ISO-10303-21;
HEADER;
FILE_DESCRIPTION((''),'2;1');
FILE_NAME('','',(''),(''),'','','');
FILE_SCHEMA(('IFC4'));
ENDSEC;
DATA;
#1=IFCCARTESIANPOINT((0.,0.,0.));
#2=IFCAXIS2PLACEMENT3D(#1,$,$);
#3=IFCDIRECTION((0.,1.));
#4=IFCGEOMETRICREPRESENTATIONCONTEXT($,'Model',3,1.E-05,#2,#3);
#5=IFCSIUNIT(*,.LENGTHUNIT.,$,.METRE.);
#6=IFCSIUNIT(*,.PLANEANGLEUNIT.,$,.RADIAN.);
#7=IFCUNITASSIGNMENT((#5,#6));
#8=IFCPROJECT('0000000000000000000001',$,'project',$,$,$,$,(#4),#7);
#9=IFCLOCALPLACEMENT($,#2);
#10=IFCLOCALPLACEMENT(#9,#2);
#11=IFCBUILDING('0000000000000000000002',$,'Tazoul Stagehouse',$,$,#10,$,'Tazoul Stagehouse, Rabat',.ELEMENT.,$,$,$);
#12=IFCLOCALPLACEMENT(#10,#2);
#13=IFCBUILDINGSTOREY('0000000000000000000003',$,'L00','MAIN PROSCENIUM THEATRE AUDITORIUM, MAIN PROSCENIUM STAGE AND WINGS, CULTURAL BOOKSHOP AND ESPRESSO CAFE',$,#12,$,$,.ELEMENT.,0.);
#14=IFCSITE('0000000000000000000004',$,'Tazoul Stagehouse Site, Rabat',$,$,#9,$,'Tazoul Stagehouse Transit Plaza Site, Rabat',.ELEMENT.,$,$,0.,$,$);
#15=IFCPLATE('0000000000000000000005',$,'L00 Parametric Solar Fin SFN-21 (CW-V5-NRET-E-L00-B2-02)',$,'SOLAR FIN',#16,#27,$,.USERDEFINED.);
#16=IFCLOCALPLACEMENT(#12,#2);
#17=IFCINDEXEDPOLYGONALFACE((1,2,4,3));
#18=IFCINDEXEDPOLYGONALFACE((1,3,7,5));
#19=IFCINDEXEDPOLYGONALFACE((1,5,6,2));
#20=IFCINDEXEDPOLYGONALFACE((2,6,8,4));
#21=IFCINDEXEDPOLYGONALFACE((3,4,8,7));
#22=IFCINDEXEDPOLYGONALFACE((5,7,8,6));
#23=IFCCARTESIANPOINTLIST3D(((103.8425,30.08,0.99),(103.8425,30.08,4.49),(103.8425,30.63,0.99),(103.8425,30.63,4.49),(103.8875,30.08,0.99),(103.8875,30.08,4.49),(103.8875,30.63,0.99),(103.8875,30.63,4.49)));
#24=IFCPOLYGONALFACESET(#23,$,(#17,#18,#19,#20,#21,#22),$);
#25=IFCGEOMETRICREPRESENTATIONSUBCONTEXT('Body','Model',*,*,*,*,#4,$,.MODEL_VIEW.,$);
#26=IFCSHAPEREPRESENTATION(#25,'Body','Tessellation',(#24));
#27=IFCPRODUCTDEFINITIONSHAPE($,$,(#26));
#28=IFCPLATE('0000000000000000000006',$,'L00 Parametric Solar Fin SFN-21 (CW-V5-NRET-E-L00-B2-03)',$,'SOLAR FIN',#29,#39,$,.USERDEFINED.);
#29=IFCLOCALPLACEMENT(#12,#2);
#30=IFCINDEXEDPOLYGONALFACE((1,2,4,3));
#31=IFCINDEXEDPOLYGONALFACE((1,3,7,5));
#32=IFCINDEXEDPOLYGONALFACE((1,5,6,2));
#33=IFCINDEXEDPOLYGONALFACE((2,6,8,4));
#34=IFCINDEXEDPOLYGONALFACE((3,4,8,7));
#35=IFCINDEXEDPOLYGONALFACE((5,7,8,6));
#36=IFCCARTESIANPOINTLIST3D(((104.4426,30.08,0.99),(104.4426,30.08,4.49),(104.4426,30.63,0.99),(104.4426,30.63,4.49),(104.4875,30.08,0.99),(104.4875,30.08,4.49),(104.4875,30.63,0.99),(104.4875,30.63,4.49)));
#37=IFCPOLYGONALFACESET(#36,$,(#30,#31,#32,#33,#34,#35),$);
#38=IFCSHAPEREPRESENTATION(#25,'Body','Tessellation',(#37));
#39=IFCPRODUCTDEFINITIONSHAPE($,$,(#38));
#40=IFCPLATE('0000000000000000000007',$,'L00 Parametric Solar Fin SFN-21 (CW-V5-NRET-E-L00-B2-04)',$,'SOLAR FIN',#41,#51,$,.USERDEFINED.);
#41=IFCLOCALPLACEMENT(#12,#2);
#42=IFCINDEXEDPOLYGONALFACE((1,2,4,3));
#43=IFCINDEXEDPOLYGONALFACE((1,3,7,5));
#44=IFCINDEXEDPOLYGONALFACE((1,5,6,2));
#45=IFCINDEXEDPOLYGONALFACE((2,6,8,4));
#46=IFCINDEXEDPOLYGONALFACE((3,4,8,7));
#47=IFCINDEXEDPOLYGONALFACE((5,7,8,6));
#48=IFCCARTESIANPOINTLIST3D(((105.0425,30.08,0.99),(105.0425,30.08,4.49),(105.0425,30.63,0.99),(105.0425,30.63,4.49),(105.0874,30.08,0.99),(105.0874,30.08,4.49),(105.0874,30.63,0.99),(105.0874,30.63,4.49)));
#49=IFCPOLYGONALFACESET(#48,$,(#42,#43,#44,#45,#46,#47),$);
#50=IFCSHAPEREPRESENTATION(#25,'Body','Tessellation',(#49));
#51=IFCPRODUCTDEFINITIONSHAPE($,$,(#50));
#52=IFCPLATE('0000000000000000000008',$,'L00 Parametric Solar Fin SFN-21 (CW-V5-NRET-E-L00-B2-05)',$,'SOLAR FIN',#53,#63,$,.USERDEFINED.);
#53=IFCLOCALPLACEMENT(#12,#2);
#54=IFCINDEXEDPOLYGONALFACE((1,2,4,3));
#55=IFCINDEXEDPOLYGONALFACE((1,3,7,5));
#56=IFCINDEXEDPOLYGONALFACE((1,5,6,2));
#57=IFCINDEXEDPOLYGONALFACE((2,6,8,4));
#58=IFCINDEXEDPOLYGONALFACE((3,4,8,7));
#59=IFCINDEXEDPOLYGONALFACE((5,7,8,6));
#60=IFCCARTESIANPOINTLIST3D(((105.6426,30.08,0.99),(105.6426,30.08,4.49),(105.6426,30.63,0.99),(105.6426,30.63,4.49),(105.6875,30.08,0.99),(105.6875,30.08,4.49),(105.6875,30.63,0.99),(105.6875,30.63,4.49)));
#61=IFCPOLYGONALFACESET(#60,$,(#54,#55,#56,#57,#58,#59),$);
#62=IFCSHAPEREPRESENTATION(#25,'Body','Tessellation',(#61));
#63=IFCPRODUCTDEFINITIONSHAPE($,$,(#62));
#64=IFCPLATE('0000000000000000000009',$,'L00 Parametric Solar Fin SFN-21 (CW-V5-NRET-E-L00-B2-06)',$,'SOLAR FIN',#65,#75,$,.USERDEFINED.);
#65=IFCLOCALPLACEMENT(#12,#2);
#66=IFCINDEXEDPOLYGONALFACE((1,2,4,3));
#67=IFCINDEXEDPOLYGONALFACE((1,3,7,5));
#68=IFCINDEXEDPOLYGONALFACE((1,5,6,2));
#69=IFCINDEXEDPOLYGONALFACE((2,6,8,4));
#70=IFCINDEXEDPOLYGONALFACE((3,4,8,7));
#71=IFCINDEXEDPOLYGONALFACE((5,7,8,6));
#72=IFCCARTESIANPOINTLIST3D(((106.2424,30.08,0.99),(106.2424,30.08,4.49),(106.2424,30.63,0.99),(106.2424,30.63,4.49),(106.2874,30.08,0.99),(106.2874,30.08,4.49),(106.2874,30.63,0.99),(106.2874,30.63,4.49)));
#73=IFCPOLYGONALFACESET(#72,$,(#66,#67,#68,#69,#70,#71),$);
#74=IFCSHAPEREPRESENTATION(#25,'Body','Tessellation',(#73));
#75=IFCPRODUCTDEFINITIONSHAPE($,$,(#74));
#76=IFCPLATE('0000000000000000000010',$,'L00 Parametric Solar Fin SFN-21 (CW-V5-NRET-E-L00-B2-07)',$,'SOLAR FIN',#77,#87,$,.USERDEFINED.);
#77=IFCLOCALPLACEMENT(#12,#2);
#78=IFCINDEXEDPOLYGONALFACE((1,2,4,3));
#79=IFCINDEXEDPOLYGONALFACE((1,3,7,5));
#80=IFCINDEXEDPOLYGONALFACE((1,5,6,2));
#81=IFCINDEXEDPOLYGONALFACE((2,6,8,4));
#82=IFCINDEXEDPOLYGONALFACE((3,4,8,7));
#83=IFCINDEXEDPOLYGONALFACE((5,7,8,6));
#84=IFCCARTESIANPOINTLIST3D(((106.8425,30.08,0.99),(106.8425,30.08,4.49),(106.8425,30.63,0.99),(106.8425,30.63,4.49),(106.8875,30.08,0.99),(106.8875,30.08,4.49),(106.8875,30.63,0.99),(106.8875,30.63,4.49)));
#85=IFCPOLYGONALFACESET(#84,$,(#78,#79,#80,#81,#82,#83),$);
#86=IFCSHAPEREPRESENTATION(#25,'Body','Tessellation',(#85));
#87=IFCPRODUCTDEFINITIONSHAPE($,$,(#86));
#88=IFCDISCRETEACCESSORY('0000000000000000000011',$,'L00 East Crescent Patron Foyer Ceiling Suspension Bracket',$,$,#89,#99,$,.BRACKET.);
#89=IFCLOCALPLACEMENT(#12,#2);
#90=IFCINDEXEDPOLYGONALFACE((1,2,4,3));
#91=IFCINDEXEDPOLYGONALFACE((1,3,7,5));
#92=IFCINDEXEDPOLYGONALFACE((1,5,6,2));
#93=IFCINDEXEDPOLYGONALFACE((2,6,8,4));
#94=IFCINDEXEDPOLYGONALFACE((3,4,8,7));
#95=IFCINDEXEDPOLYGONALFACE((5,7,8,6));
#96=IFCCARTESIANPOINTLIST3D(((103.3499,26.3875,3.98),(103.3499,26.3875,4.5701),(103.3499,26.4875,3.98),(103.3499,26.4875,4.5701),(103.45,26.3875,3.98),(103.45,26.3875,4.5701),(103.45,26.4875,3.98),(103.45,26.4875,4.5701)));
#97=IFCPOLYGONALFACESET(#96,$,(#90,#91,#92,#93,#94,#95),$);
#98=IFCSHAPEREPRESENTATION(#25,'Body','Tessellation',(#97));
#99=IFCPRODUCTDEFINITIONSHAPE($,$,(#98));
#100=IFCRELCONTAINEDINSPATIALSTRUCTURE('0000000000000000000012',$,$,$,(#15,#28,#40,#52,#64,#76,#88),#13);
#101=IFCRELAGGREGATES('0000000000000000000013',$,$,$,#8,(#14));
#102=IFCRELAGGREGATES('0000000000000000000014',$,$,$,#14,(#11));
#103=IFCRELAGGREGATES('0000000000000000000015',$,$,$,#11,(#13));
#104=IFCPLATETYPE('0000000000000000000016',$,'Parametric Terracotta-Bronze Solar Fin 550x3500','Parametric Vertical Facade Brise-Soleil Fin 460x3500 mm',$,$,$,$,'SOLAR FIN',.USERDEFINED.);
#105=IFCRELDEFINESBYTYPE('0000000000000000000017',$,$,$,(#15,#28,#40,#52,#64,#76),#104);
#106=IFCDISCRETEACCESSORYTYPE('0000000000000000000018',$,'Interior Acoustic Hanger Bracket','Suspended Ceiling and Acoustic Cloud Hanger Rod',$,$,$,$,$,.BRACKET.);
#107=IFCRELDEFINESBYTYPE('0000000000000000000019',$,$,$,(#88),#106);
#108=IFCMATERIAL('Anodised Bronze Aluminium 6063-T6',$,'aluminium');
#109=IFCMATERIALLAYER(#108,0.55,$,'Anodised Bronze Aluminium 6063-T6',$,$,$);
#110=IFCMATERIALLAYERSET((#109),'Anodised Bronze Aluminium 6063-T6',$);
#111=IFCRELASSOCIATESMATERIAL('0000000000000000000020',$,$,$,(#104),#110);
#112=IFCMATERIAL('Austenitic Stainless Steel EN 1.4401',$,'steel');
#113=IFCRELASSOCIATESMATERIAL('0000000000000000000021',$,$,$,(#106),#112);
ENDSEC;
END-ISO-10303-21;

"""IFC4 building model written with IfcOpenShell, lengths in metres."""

from ifc_helpers import new_model, si_unit, direction, frame, origin, origin_2d, place, context, subcontext, project, spatial, rectangle, extrude, material, layer, layer_set, type_object, element, save


model = new_model("IFC4")

# Units and contexts
model_context = context("Model", 3, precision=1e-05, world=origin(), true_north=direction((0.0, 1.0)))
body_context = subcontext(model_context, "Body", "Model", "MODEL_VIEW")
ifc_project = project(units=[si_unit("LENGTHUNIT", "METRE"), si_unit("PLANEANGLEUNIT", "RADIAN")], contexts=[model_context])

# Site, building, storey
site_placement = place(None, origin())
site = spatial("IfcSite", under=ifc_project, at=site_placement, Name="Tazoul Stagehouse Site, Rabat", LongName="Tazoul Stagehouse Transit Plaza Site, Rabat", CompositionType="ELEMENT", RefElevation=0.0)
building_placement = place(site_placement, origin())
building = spatial("IfcBuilding", under=site, at=building_placement, Name="Tazoul Stagehouse", LongName="Tazoul Stagehouse, Rabat", CompositionType="ELEMENT")
storey_placement = place(building_placement, origin())
storey = spatial("IfcBuildingStorey", under=building, at=storey_placement, Name="L00", Description="MAIN PROSCENIUM THEATRE AUDITORIUM, MAIN PROSCENIUM STAGE AND WINGS, CULTURAL BOOKSHOP AND ESPRESSO CAFE", CompositionType="ELEMENT", Elevation=0.0)

# Plates
ifc_material_1 = material(Name="Anodised Bronze Aluminium 6063-T6", Category="aluminium")
ifc_layer = layer(ifc_material_1, 0.55, Name="Anodised Bronze Aluminium 6063-T6")
ifc_layer_set = layer_set([ifc_layer], Name="Anodised Bronze Aluminium 6063-T6")
plate_type = type_object("IfcPlateType", Name="Parametric Terracotta-Bronze Solar Fin 550x3500", Description="Parametric Vertical Facade Brise-Soleil Fin 460x3500 mm", ElementType="SOLAR FIN", PredefinedType="USERDEFINED", material=ifc_layer_set)
for number, where, z_axis, x_axis, name in (
    (1, (103.865, 30.355, 0.99), (0.0, 0.0, 1.0), (1.0, 0.0, 0.0), "L00 Parametric Solar Fin SFN-21 (CW-V5-NRET-E-L00-B2-02)"),
    (2, (104.4651, 30.355, 0.99), (0.0, 0.0, 1.0), (1.0, 0.0, 0.0), "L00 Parametric Solar Fin SFN-21 (CW-V5-NRET-E-L00-B2-03)"),
    (3, (105.0649, 30.355, 0.99), (0.0, 0.0, 1.0), (1.0, 0.0, 0.0), "L00 Parametric Solar Fin SFN-21 (CW-V5-NRET-E-L00-B2-04)"),
    (4, (105.665, 30.355, 0.99), (0.0, 0.0, 1.0), (1.0, 0.0, 0.0), "L00 Parametric Solar Fin SFN-21 (CW-V5-NRET-E-L00-B2-05)"),
    (5, (106.2649, 30.355, 0.99), (0.0, 0.0, 1.0), (1.0, 0.0, 0.0), "L00 Parametric Solar Fin SFN-21 (CW-V5-NRET-E-L00-B2-06)"),
    (6, (106.865, 30.355, 0.99), (0.0, 0.0, 1.0), (1.0, 0.0, 0.0), "L00 Parametric Solar Fin SFN-21 (CW-V5-NRET-E-L00-B2-07)"),
):
    element("IfcPlate", number, at=place(storey_placement, frame(where, z_axis=z_axis, x_axis=x_axis)), inside=storey, type_object=plate_type, Name=name, ObjectType="SOLAR FIN", PredefinedType="USERDEFINED", context=body_context, shape_type="SweptSolid", body=[
        extrude(rectangle(XDim=0.0449, YDim=0.55, at=origin_2d()), origin(), (0.0, 0.0, 1.0), 3.5),
    ])

# Discrete accessory
ifc_material_2 = material(Name="Austenitic Stainless Steel EN 1.4401", Category="steel")
discrete_accessory_type = type_object("IfcDiscreteAccessoryType", Name="Interior Acoustic Hanger Bracket", Description="Suspended Ceiling and Acoustic Cloud Hanger Rod", PredefinedType="BRACKET", material=ifc_material_2)
discrete_accessory_placement = place(storey_placement, frame((103.3999, 26.4375, 3.98), z_axis=(0.0, 0.0, 1.0), x_axis=(1.0, 0.0, 0.0)))
element("IfcDiscreteAccessory", 7, at=discrete_accessory_placement, inside=storey, type_object=discrete_accessory_type, Name="L00 East Crescent Patron Foyer Ceiling Suspension Bracket", PredefinedType="BRACKET", context=body_context, shape_type="SweptSolid", body=[
    extrude(rectangle(XDim=0.1001, YDim=0.1001, at=origin_2d()), origin(), (0.0, 0.0, 1.0), 0.5901),
])

save(model, "model.ifc")
